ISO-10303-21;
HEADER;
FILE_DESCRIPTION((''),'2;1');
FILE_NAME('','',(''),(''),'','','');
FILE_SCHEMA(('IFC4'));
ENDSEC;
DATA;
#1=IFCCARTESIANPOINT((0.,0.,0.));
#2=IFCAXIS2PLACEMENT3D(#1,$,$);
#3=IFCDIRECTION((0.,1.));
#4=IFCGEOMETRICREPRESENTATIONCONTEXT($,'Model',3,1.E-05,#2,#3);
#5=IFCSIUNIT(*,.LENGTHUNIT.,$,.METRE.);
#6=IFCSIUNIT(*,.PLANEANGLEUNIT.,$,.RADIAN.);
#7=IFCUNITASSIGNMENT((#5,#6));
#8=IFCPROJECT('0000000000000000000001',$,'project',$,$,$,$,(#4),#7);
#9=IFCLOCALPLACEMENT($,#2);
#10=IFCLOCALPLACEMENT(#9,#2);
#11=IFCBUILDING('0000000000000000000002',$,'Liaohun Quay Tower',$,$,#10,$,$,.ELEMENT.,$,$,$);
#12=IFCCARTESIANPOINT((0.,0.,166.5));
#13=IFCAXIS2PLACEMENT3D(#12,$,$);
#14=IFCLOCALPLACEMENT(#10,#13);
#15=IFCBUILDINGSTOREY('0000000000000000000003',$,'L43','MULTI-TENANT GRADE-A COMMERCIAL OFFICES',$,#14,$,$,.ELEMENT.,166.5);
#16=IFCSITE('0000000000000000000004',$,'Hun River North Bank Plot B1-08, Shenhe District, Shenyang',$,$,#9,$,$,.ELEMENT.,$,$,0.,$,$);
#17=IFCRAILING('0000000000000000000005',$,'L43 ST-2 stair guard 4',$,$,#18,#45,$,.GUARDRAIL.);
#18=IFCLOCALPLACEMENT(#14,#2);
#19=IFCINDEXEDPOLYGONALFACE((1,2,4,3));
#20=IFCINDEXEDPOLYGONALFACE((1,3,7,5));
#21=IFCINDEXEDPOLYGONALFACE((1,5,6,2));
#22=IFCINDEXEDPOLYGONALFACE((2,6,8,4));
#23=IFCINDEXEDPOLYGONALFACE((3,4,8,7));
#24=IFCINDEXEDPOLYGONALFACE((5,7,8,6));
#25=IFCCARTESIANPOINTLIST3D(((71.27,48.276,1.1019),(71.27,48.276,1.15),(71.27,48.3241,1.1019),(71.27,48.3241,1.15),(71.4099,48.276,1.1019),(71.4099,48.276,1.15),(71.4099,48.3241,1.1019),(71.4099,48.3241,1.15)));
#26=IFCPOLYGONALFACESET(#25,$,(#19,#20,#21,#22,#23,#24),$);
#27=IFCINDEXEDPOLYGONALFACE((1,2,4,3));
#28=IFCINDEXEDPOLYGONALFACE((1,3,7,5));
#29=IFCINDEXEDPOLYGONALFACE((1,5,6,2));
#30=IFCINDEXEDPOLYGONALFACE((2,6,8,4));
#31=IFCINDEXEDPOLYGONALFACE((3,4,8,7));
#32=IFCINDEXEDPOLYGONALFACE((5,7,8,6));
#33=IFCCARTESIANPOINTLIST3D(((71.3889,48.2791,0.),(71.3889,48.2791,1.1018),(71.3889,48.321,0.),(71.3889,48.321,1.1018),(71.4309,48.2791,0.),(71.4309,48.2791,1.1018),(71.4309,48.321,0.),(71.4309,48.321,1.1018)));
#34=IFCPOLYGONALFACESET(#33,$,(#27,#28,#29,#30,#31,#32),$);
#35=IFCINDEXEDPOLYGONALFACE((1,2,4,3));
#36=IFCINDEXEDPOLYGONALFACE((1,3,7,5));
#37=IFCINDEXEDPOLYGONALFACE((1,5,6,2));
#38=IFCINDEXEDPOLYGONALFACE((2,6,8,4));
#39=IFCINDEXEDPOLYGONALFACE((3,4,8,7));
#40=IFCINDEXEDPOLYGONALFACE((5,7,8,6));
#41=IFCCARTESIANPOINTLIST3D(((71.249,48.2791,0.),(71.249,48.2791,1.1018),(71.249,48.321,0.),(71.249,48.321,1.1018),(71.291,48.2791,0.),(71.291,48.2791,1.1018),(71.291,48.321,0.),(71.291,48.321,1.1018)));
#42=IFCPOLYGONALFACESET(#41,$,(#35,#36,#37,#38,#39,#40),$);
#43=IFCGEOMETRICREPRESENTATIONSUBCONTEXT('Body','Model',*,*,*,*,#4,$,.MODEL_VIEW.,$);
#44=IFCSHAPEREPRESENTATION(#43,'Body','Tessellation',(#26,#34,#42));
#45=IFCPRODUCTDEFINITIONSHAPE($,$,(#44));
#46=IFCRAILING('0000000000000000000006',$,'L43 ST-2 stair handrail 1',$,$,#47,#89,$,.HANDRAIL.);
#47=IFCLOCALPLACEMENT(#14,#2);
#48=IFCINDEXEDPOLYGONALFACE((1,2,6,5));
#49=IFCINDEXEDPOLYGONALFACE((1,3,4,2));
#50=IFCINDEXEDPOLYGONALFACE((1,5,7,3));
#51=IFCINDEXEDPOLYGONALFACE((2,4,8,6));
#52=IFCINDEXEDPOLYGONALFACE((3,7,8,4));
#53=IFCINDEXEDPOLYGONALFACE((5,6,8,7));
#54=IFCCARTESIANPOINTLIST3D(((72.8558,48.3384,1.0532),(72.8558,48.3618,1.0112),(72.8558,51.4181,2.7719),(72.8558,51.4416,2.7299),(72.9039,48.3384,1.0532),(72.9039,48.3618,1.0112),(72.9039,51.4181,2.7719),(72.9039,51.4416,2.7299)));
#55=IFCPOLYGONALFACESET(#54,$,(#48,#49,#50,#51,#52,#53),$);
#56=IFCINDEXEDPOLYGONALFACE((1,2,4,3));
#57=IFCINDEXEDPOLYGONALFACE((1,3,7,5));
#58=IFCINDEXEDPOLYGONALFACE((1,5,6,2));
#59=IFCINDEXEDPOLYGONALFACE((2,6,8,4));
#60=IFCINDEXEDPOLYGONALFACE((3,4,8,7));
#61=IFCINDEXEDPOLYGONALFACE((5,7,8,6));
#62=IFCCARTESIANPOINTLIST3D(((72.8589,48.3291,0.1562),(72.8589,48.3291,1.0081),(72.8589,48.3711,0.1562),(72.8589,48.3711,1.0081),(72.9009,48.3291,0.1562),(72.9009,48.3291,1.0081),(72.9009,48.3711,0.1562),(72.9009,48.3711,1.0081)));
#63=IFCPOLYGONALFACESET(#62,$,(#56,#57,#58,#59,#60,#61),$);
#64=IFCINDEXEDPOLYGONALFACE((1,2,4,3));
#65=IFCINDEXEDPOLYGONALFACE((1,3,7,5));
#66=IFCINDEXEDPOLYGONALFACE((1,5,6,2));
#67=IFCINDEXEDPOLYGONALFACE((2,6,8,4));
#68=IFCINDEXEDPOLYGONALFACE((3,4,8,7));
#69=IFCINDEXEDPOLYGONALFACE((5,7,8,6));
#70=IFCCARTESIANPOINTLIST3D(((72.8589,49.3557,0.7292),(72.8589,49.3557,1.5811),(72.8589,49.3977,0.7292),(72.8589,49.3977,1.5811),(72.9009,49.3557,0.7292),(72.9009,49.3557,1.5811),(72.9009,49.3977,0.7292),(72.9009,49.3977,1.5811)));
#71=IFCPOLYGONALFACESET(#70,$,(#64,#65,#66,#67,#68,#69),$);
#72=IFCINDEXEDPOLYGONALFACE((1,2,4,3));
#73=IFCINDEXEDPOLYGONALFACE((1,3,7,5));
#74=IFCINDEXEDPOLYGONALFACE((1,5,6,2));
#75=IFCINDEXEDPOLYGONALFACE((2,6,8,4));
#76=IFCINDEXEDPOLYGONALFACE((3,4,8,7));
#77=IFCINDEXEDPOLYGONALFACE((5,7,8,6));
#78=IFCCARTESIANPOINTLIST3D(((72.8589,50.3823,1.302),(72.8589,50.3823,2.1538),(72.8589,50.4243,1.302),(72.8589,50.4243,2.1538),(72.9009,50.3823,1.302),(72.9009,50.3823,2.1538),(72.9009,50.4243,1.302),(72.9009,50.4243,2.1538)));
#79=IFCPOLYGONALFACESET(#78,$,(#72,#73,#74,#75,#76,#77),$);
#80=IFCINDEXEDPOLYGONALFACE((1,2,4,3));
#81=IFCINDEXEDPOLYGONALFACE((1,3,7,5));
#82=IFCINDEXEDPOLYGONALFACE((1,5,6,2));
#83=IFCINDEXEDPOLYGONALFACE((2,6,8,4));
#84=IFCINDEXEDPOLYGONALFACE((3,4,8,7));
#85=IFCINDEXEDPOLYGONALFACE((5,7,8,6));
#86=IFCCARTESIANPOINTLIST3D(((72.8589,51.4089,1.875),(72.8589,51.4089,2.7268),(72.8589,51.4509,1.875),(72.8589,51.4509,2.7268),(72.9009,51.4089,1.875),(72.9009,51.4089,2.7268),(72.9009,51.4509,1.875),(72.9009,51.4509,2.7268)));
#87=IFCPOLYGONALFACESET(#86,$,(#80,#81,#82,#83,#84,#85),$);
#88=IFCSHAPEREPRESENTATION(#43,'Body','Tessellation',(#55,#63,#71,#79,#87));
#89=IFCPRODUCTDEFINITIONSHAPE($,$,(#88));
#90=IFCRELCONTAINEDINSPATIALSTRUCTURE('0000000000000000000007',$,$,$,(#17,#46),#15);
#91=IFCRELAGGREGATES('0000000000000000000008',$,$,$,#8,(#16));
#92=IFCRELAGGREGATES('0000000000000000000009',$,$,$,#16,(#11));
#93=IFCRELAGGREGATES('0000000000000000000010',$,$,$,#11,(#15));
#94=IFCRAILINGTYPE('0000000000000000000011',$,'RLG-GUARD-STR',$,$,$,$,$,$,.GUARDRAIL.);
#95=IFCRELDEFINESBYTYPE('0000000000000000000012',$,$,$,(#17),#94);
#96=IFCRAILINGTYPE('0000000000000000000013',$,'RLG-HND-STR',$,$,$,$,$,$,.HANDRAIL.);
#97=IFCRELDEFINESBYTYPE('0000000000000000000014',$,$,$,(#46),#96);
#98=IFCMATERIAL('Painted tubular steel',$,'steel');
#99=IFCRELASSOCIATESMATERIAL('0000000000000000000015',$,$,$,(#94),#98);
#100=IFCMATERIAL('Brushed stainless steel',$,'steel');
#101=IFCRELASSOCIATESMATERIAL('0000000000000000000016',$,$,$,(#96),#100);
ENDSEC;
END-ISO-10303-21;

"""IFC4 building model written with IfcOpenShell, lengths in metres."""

from ifc_helpers import new_model, si_unit, direction, frame, origin, origin_2d, place, context, subcontext, project, spatial, rectangle, extrude, material, type_object, element, save


model = new_model("IFC4")

# Units and contexts
model_context = context("Model", 3, precision=1e-05, world=origin(), true_north=direction((0.0, 1.0)))
body_context = subcontext(model_context, "Body", "Model", "MODEL_VIEW")
ifc_project = project(units=[si_unit("LENGTHUNIT", "METRE"), si_unit("PLANEANGLEUNIT", "RADIAN")], contexts=[model_context])

# Site, building, storey
site_placement = place(None, origin())
site = spatial("IfcSite", under=ifc_project, at=site_placement, Name="Hun River North Bank Plot B1-08, Shenhe District, Shenyang", CompositionType="ELEMENT", RefElevation=0.0)
building_placement = place(site_placement, origin())
building = spatial("IfcBuilding", under=site, at=building_placement, Name="Liaohun Quay Tower", CompositionType="ELEMENT")
storey_placement = place(building_placement, frame((0.0, 0.0, 166.5)))
storey = spatial("IfcBuildingStorey", under=building, at=storey_placement, Name="L43", Description="MULTI-TENANT GRADE-A COMMERCIAL OFFICES", CompositionType="ELEMENT", Elevation=166.5)

# Railings
ifc_material_1 = material(Name="Painted tubular steel", Category="steel")
railing_type_1 = type_object("IfcRailingType", Name="RLG-GUARD-STR", PredefinedType="GUARDRAIL", material=ifc_material_1)
railing_1_placement = place(storey_placement, frame((71.4099, 48.3, 0.0)))
element("IfcRailing", 1, at=railing_1_placement, inside=storey, type_object=railing_type_1, Name="L43 ST-2 stair guard 4", PredefinedType="GUARDRAIL", context=body_context, shape_type="SweptSolid", body=[
    extrude(rectangle(XDim=0.0481, YDim=0.0481, at=origin_2d()), frame((0.0, 0.0, 1.126), z_axis=(-1.0, 0.0, 0.0), x_axis=(0.0, -1.0, 0.0)), (0.0, 0.0, 1.0), 0.1399),
    extrude(rectangle(XDim=0.042, YDim=0.042, at=origin_2d()), origin(), (0.0, 0.0, 1.0), 1.1018),
    extrude(rectangle(XDim=0.042, YDim=0.042, at=origin_2d()), frame((-0.1399, 0.0, 0.0)), (0.0, 0.0, 1.0), 1.1018),
])
ifc_material_2 = material(Name="Brushed stainless steel", Category="steel")
railing_type_2 = type_object("IfcRailingType", Name="RLG-HND-STR", PredefinedType="HANDRAIL", material=ifc_material_2)
railing_2_placement = place(storey_placement, frame((72.8799, 48.3501, 0.1562)))
element("IfcRailing", 2, at=railing_2_placement, inside=storey, type_object=railing_type_2, Name="L43 ST-2 stair handrail 1", PredefinedType="HANDRAIL", context=body_context, shape_type="SweptSolid", body=[
    extrude(rectangle(XDim=0.0481, YDim=0.0481, at=origin_2d()), frame((0.0, 0.0, 0.876), z_axis=(0.0, 0.873225, 0.487317), x_axis=(-1.0, 0.0, 0.0)), (0.0, 0.0, 1.0), 3.5269),
    extrude(rectangle(XDim=0.042, YDim=0.042, at=origin_2d()), origin(), (0.0, 0.0, 1.0), 0.8518),
    extrude(rectangle(XDim=0.042, YDim=0.042, at=origin_2d()), frame((0.0, 1.0266, 0.573)), (0.0, 0.0, 1.0), 0.8518),
    extrude(rectangle(XDim=0.042, YDim=0.042, at=origin_2d()), frame((0.0, 2.0532, 1.1458)), (0.0, 0.0, 1.0), 0.8518),
    extrude(rectangle(XDim=0.042, YDim=0.042, at=origin_2d()), frame((0.0, 3.0798, 1.7188)), (0.0, 0.0, 1.0), 0.8518),
])

save(model, "model.ifc")
